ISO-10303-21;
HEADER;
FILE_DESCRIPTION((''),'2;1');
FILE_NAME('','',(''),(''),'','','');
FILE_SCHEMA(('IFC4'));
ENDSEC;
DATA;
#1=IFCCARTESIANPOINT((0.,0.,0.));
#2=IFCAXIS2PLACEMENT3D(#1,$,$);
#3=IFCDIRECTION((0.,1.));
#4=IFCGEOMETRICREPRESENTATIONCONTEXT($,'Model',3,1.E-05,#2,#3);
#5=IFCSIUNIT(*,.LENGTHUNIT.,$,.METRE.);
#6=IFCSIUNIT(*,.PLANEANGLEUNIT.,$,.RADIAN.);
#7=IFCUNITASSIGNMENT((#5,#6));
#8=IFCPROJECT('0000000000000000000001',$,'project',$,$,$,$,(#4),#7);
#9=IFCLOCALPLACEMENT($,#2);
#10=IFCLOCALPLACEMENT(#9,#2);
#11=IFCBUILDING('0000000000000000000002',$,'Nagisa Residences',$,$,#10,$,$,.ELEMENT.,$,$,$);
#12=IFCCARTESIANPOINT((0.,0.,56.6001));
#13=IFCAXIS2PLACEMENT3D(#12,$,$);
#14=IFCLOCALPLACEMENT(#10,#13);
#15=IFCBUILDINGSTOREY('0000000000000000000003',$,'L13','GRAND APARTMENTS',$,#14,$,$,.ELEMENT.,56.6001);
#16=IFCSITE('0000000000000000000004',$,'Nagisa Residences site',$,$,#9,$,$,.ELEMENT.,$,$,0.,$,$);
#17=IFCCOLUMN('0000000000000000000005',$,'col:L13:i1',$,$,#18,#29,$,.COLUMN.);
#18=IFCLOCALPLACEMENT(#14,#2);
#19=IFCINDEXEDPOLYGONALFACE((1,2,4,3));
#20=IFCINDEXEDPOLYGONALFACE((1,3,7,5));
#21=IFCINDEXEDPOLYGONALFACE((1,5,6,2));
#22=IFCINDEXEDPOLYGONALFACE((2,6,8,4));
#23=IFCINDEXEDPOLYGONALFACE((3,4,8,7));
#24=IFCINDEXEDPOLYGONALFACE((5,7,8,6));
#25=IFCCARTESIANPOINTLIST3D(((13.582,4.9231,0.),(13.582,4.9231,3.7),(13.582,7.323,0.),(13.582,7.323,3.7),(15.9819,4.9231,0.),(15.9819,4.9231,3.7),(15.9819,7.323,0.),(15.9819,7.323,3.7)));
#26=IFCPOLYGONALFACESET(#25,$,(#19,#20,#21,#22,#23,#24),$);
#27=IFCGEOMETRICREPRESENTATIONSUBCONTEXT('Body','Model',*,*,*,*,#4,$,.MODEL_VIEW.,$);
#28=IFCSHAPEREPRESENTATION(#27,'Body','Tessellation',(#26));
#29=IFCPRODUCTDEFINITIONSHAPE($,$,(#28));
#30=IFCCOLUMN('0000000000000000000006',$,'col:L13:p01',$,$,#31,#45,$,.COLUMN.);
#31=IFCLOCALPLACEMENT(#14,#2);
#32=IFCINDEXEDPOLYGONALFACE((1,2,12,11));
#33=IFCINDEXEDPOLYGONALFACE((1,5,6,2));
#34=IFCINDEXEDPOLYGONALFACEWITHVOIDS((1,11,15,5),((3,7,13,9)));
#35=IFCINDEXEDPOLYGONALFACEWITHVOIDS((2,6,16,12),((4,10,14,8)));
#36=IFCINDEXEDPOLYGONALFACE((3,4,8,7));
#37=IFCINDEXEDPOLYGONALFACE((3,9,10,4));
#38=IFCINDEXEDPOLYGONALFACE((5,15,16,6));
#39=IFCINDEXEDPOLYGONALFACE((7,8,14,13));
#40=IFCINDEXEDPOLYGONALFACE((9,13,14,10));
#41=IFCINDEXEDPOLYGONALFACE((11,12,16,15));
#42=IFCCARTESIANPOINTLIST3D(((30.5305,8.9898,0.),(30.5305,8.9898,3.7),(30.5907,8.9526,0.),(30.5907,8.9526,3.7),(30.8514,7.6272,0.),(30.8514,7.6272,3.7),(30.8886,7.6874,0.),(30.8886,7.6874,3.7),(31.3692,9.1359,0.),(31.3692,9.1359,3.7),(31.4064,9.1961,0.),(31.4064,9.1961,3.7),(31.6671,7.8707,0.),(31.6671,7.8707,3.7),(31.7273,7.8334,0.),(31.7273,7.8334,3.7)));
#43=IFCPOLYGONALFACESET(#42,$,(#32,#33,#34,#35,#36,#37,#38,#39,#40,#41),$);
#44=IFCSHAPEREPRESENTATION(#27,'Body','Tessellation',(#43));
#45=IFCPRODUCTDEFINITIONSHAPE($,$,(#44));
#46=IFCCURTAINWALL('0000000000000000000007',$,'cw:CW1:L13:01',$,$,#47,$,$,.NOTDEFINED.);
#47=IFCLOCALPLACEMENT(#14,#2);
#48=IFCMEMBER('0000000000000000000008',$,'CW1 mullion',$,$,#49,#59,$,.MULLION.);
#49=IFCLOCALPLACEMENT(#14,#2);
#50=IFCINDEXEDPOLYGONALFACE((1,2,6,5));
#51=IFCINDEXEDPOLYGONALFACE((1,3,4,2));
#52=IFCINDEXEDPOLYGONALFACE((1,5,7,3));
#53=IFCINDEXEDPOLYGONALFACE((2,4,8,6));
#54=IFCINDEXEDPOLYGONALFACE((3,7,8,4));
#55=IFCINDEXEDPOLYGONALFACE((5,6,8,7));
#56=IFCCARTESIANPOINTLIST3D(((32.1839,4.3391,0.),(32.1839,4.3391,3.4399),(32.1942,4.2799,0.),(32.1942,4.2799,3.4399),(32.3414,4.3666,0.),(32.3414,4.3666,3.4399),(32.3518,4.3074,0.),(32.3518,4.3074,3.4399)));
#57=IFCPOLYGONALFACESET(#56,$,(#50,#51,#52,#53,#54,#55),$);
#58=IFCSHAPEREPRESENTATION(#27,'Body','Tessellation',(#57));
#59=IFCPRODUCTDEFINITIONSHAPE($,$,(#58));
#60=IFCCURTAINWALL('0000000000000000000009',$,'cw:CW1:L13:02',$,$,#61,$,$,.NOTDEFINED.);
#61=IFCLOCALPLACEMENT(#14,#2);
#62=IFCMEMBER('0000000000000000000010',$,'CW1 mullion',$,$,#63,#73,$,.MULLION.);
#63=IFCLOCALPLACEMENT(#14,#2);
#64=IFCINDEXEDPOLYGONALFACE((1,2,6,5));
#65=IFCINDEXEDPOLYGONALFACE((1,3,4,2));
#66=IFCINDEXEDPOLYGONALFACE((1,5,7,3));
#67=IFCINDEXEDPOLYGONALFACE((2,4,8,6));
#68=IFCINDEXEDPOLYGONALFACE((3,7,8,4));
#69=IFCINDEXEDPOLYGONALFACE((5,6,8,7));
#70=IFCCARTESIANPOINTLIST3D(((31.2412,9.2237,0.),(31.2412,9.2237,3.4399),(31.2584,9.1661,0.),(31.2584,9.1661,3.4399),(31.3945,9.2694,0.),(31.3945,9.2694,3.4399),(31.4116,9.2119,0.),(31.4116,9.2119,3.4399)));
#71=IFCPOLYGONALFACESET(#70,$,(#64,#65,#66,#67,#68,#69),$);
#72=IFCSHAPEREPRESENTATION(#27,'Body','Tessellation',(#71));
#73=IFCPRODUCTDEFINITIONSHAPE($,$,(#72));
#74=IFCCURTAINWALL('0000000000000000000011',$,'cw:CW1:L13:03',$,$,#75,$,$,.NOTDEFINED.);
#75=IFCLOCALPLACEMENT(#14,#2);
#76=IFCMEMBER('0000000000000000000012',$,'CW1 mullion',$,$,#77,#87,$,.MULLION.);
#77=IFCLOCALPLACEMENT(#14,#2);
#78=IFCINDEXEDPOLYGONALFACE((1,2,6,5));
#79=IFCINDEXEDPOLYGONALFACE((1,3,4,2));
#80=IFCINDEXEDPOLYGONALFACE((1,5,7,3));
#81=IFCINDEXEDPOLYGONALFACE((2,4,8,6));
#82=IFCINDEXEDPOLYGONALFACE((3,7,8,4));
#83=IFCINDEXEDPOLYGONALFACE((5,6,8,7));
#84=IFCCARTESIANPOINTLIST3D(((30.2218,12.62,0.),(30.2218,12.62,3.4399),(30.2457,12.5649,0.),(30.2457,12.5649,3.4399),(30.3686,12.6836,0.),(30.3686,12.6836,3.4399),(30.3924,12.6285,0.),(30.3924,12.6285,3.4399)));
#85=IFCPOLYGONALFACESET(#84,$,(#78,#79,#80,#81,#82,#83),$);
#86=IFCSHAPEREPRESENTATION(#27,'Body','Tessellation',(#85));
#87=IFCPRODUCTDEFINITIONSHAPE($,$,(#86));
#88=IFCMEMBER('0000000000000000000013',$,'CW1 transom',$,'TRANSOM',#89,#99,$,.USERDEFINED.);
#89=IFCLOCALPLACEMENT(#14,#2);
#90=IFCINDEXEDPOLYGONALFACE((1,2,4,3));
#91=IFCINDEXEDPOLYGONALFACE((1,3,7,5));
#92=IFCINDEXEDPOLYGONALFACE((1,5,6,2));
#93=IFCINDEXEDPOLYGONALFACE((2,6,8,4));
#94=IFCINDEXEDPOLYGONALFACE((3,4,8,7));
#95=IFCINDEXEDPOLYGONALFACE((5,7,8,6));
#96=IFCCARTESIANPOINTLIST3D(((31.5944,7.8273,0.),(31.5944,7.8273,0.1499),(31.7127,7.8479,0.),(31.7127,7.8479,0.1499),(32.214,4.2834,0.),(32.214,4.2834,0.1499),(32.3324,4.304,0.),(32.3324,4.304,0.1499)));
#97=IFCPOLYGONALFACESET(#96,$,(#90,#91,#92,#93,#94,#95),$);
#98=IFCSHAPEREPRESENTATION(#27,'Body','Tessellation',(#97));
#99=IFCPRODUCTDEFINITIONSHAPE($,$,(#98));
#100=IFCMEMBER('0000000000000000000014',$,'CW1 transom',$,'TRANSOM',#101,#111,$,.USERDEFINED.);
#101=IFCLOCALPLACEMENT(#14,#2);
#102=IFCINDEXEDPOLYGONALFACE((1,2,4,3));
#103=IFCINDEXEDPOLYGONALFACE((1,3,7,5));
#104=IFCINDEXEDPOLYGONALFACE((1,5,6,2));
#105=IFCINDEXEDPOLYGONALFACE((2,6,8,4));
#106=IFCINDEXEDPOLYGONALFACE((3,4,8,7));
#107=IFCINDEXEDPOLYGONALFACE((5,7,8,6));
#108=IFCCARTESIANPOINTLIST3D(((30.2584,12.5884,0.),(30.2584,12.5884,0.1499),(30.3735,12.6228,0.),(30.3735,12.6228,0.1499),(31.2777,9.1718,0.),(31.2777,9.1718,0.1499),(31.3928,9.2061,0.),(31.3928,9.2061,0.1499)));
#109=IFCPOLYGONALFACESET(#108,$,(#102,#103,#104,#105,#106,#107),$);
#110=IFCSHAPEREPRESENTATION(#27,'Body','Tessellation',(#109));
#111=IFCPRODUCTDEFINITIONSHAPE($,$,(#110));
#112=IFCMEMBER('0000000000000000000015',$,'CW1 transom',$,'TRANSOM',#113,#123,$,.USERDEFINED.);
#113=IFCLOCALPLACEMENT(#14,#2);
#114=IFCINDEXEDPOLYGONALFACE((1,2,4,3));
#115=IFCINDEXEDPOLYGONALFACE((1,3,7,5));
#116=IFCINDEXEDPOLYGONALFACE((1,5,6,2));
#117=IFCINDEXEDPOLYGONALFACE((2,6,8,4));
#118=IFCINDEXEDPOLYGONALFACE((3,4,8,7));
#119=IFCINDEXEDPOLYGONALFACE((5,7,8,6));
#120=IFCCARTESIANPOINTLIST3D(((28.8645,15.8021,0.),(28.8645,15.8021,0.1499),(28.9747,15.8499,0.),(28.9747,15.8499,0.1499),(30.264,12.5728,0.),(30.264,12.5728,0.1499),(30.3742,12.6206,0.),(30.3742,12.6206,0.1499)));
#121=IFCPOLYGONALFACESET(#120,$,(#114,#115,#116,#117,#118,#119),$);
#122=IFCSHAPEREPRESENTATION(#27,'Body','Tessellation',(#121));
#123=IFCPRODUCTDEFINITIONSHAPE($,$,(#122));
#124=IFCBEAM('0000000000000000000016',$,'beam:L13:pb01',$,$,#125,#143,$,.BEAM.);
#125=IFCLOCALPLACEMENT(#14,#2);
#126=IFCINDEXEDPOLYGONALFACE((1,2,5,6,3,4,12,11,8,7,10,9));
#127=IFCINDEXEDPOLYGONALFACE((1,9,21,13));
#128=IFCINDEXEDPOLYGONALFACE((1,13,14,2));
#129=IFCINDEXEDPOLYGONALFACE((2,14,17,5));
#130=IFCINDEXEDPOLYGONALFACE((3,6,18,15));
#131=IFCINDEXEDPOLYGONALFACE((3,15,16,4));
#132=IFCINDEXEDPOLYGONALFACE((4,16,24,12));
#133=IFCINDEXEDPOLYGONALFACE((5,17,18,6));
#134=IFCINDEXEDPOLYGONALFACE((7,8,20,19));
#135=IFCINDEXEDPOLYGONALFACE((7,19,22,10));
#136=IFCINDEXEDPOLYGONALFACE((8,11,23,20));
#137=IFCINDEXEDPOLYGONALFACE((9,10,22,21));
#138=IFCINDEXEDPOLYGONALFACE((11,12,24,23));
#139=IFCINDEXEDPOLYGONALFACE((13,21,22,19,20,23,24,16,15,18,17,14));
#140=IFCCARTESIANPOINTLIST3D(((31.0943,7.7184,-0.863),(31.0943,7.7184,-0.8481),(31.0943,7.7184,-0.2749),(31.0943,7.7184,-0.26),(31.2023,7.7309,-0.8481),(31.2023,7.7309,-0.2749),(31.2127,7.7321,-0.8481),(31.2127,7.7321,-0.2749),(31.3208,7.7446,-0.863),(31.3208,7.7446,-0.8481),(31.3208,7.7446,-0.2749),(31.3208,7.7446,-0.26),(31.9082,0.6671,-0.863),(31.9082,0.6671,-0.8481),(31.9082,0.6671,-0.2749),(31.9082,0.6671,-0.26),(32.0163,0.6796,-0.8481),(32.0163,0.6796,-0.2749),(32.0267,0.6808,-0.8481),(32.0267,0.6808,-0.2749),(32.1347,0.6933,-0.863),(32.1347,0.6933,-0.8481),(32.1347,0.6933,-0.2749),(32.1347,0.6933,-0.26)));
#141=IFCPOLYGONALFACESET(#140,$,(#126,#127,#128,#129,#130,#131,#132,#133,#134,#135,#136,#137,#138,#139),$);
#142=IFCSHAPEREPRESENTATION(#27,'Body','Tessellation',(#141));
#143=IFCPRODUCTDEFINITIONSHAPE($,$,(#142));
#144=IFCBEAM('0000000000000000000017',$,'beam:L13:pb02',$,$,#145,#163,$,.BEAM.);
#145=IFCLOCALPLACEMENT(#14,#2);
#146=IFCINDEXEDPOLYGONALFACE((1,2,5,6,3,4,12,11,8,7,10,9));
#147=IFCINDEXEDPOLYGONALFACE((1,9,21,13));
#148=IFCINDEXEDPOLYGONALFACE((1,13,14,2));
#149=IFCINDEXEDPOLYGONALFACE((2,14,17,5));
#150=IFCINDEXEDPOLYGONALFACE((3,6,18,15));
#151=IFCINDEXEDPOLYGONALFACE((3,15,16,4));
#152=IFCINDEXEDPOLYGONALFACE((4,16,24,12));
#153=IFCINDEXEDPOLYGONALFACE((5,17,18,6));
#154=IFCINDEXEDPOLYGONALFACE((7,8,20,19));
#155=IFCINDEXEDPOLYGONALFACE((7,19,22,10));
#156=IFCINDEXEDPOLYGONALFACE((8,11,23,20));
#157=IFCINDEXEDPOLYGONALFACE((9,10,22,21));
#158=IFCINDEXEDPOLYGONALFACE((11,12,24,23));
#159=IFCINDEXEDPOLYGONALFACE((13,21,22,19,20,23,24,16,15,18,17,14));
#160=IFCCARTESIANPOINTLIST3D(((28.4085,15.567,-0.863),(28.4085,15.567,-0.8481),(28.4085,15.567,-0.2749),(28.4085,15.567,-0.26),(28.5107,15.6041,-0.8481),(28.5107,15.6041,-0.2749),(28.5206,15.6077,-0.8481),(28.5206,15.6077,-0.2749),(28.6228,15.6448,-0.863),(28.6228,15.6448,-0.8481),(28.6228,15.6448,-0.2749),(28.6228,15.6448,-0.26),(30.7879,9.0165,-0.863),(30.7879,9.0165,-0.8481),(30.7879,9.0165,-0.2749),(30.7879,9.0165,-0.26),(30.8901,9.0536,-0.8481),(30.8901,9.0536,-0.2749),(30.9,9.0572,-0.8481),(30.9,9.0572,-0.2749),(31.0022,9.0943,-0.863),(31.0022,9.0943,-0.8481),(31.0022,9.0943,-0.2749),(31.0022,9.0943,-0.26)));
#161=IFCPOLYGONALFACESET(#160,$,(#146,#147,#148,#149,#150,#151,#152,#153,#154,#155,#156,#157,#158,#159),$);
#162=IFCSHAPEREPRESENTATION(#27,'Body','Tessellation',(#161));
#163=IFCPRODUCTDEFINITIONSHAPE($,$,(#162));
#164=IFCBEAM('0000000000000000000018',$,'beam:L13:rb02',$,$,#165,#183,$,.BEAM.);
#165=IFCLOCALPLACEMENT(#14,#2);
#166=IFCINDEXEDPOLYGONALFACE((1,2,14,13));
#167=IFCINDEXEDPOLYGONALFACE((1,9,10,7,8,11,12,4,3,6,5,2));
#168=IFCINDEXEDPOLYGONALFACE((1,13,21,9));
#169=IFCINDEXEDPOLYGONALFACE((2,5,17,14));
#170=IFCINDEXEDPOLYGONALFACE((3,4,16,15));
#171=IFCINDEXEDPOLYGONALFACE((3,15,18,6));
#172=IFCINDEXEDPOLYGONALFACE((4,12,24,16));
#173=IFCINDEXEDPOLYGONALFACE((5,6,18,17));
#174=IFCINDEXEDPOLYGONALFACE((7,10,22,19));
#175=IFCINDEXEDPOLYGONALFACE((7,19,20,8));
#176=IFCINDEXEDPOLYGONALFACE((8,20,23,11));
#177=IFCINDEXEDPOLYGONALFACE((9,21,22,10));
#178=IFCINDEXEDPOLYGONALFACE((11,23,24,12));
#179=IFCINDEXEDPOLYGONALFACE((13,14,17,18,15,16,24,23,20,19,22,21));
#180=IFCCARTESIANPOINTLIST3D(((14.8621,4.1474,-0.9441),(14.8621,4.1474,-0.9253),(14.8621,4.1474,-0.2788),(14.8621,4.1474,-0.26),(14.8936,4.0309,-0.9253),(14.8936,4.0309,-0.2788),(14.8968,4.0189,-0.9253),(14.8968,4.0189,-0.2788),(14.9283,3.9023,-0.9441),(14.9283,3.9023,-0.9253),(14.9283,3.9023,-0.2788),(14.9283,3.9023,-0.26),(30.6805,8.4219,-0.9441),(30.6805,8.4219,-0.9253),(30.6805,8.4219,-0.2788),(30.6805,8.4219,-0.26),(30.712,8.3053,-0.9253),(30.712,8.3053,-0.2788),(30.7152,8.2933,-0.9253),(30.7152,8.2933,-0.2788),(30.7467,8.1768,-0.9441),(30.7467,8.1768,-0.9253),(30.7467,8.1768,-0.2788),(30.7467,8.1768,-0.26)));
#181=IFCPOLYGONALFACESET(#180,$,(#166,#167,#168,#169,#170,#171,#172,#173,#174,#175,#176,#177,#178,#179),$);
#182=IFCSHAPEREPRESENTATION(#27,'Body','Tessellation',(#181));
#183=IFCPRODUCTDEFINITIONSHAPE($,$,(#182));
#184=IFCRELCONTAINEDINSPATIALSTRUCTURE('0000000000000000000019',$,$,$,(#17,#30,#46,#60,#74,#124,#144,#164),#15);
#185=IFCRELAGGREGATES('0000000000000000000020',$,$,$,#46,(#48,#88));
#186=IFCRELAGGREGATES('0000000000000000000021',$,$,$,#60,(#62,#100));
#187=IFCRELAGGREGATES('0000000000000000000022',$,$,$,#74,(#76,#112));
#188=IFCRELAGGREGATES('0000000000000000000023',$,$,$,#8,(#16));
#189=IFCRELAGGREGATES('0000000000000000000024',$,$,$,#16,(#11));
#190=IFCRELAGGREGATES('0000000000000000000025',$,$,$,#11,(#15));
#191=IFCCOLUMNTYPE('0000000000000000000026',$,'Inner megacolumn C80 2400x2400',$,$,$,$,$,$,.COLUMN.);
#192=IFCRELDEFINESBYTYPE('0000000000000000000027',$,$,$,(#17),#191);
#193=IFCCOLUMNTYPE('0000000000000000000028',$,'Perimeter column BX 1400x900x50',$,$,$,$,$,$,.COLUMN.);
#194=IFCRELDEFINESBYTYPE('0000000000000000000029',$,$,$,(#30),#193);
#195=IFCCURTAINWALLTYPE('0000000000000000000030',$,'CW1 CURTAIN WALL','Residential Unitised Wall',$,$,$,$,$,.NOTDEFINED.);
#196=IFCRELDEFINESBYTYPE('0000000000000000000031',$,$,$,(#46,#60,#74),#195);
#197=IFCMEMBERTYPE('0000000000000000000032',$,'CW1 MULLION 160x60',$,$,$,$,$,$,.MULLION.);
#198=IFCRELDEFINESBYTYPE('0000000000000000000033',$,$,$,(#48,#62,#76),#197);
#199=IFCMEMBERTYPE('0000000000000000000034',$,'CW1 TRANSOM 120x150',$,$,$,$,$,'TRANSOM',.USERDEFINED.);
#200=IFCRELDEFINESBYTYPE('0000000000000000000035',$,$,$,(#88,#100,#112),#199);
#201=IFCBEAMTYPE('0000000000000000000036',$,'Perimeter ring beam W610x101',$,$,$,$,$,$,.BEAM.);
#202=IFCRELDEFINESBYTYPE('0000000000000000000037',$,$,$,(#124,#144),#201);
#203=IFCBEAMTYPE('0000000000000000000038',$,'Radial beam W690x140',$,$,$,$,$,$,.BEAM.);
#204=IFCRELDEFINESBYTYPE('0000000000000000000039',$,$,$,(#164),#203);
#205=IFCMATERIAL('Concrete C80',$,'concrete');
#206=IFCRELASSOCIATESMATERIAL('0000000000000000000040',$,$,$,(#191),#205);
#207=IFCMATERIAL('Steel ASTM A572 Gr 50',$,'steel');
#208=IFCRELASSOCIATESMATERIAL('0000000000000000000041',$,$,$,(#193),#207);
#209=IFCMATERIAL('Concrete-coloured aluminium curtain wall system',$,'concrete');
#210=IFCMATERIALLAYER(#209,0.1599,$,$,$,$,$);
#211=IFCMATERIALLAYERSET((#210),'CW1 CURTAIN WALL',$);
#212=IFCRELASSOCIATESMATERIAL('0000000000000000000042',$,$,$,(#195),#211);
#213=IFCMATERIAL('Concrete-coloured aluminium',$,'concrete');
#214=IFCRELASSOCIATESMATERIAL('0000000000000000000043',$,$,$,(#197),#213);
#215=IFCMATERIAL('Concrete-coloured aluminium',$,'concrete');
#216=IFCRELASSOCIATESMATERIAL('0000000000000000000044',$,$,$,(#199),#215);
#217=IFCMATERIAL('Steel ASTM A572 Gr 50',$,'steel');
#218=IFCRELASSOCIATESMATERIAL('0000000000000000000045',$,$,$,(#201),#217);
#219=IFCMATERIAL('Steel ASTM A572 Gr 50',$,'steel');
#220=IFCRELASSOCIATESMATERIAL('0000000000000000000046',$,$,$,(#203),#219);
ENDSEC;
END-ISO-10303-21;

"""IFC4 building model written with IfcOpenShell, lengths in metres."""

from ifc_helpers import new_model, si_unit, direction, frame, origin, origin_2d, place, context, subcontext, project, spatial, rectangle, hollow_rectangle, i_section, extrude, material, layer, layer_set, material_profile, profile_set, type_object, element, aggregate, save


model = new_model("IFC4")

# Units and contexts
model_context = context("Model", 3, precision=1e-05, world=origin(), true_north=direction((0.0, 1.0)))
body_context = subcontext(model_context, "Body", "Model", "MODEL_VIEW")
ifc_project = project(units=[si_unit("LENGTHUNIT", "METRE"), si_unit("PLANEANGLEUNIT", "RADIAN")], contexts=[model_context])

# Site, building, storey
site_placement = place(None, origin())
site = spatial("IfcSite", under=ifc_project, at=site_placement, Name="Nagisa Residences site", CompositionType="ELEMENT", RefElevation=0.0)
building_placement = place(site_placement, origin())
building = spatial("IfcBuilding", under=site, at=building_placement, Name="Nagisa Residences", CompositionType="ELEMENT")
storey_placement = place(building_placement, frame((0.0, 0.0, 56.6001)))
storey = spatial("IfcBuildingStorey", under=building, at=storey_placement, Name="L13", Description="GRAND APARTMENTS", CompositionType="ELEMENT", Elevation=56.6001)

# Columns
ifc_material_1 = material(Name="Concrete C80", Category="concrete")
ifc_material_profile_1 = material_profile(ifc_material_1, rectangle(XDim=2.3999, YDim=2.3999, at=origin_2d()), Name="C80 2400x2400")
ifc_profile_set_1 = profile_set([ifc_material_profile_1], Name="Concrete C80")
column_type_1 = type_object("IfcColumnType", Name="Inner megacolumn C80 2400x2400", PredefinedType="COLUMN", material=ifc_profile_set_1)
column_1_placement = place(storey_placement, frame((14.782, 6.123, 0.0), z_axis=(0.0, 0.0, 1.0), x_axis=(1.0, 0.0, 0.0)))
element("IfcColumn", 1, at=column_1_placement, inside=storey, type_object=column_type_1, Name="col:L13:i1", PredefinedType="COLUMN", context=body_context, shape_type="SweptSolid", body=[
    extrude(rectangle(XDim=2.3999, YDim=2.3999, at=origin_2d()), origin(), (0.0, 0.0, 1.0), 3.7),
])
ifc_material_2 = material(Name="Steel ASTM A572 Gr 50", Category="steel")
ifc_material_profile_2 = material_profile(ifc_material_2, hollow_rectangle(XDim=1.3999, YDim=0.8999, WallThickness=0.05, at=origin_2d()), Name="BX 1400x900x50")
ifc_profile_set_2 = profile_set([ifc_material_profile_2], Name="Steel ASTM A572 Gr 50")
column_type_2 = type_object("IfcColumnType", Name="Perimeter column BX 1400x900x50", PredefinedType="COLUMN", material=ifc_profile_set_2)
column_2_placement = place(storey_placement, frame((31.1289, 8.4116, 0.0), z_axis=(0.0, 0.0, 1.0), x_axis=(-0.229202, 0.973379, 0.0)))
element("IfcColumn", 2, at=column_2_placement, inside=storey, type_object=column_type_2, Name="col:L13:p01", PredefinedType="COLUMN", context=body_context, shape_type="SweptSolid", body=[
    extrude(hollow_rectangle(XDim=1.3999, YDim=0.8999, WallThickness=0.05, at=origin_2d()), origin(), (0.0, 0.0, 1.0), 3.7),
])

# Curtain walls, members
ifc_material_3 = material(Name="Concrete-coloured aluminium curtain wall system", Category="concrete")
ifc_layer_1 = layer(ifc_material_3, 0.1599)
ifc_layer_set_1 = layer_set([ifc_layer_1], Name="CW1 CURTAIN WALL")
curtain_wall_type = type_object("IfcCurtainWallType", Name="CW1 CURTAIN WALL", Description="Residential Unitised Wall", PredefinedType="NOTDEFINED", material=ifc_layer_set_1)
curtain_wall_1_placement = place(storey_placement, origin())
curtain_wall_1 = element("IfcCurtainWall", 3, at=curtain_wall_1_placement, inside=storey, type_object=curtain_wall_type, Name="cw:CW1:L13:01", PredefinedType="NOTDEFINED")
ifc_material_4 = material(Name="Concrete-coloured aluminium", Category="concrete")
ifc_material_profile_3 = material_profile(ifc_material_4, rectangle(XDim=0.1599, YDim=0.0601, at=origin_2d()), Name="CW1 MULLION 160x60")
ifc_profile_set_3 = profile_set([ifc_material_profile_3], Name="Concrete-coloured aluminium")
member_type_1 = type_object("IfcMemberType", Name="CW1 MULLION 160x60", PredefinedType="MULLION", material=ifc_profile_set_3)
member_1_placement = place(storey_placement, frame((32.2678, 4.3232, 0.0), z_axis=(0.0, 0.0, 1.0), x_axis=(-0.985064, -0.172191, 0.0)))
member_1 = element("IfcMember", 4, at=member_1_placement, type_object=member_type_1, Name="CW1 mullion", PredefinedType="MULLION", context=body_context, shape_type="SweptSolid", body=[
    extrude(rectangle(XDim=0.1599, YDim=0.0601, at=origin_2d()), origin(), (0.0, 0.0, 1.0), 3.4399),
])
curtain_wall_2_placement = place(storey_placement, origin())
curtain_wall_2 = element("IfcCurtainWall", 5, at=curtain_wall_2_placement, inside=storey, type_object=curtain_wall_type, Name="cw:CW1:L13:02", PredefinedType="NOTDEFINED")
member_2_placement = place(storey_placement, frame((31.3264, 9.2178, 0.0), z_axis=(0.0, 0.0, 1.0), x_axis=(-0.958271, -0.28586, 0.0)))
member_2 = element("IfcMember", 6, at=member_2_placement, type_object=member_type_1, Name="CW1 mullion", PredefinedType="MULLION", context=body_context, shape_type="SweptSolid", body=[
    extrude(rectangle(XDim=0.1599, YDim=0.0601, at=origin_2d()), origin(), (0.0, 0.0, 1.0), 3.4399),
])
curtain_wall_3_placement = place(storey_placement, origin())
curtain_wall_3 = element("IfcCurtainWall", 7, at=curtain_wall_3_placement, inside=storey, type_object=curtain_wall_type, Name="cw:CW1:L13:03", PredefinedType="NOTDEFINED")
member_3_placement = place(storey_placement, frame((30.3071, 12.6243, 0.0), z_axis=(0.0, 0.0, 1.0), x_axis=(-0.917543, -0.397636, 0.0)))
member_3 = element("IfcMember", 8, at=member_3_placement, type_object=member_type_1, Name="CW1 mullion", PredefinedType="MULLION", context=body_context, shape_type="SweptSolid", body=[
    extrude(rectangle(XDim=0.1599, YDim=0.0601, at=origin_2d()), origin(), (0.0, 0.0, 1.0), 3.4399),
])

# Members
ifc_material_5 = material(Name="Concrete-coloured aluminium", Category="concrete")
ifc_material_profile_4 = material_profile(ifc_material_5, rectangle(XDim=0.1201, YDim=0.1499, at=origin_2d()), Name="CW1 TRANSOM 120x150")
ifc_profile_set_4 = profile_set([ifc_material_profile_4], Name="Concrete-coloured aluminium")
member_type_2 = type_object("IfcMemberType", Name="CW1 TRANSOM 120x150", ElementType="TRANSOM", PredefinedType="USERDEFINED", material=ifc_profile_set_4)
member_4_placement = place(storey_placement, frame((32.2732, 4.2937, 0.075), z_axis=(-0.172229, 0.985057, 0.0), x_axis=(-0.985057, -0.172229, 0.0)))
member_4 = element("IfcMember", 9, at=member_4_placement, type_object=member_type_2, Name="CW1 transom", ObjectType="TRANSOM", PredefinedType="USERDEFINED", context=body_context, shape_type="SweptSolid", body=[
    extrude(rectangle(XDim=0.1201, YDim=0.1499, at=origin_2d()), origin(), (0.0, 0.0, 1.0), 3.5977),
])
member_5_placement = place(storey_placement, frame((31.3352, 9.189, 0.075), z_axis=(-0.285871, 0.958268, 0.0), x_axis=(-0.958268, -0.285871, 0.0)))
member_5 = element("IfcMember", 10, at=member_5_placement, type_object=member_type_2, Name="CW1 transom", ObjectType="TRANSOM", PredefinedType="USERDEFINED", context=body_context, shape_type="SweptSolid", body=[
    extrude(rectangle(XDim=0.1201, YDim=0.1499, at=origin_2d()), origin(), (0.0, 0.0, 1.0), 3.5654),
])
member_6_placement = place(storey_placement, frame((30.3191, 12.5967, 0.075), z_axis=(-0.397625, 0.917548, 0.0), x_axis=(-0.917548, -0.397625, 0.0)))
member_6 = element("IfcMember", 11, at=member_6_placement, type_object=member_type_2, Name="CW1 transom", ObjectType="TRANSOM", PredefinedType="USERDEFINED", context=body_context, shape_type="SweptSolid", body=[
    extrude(rectangle(XDim=0.1201, YDim=0.1499, at=origin_2d()), origin(), (0.0, 0.0, 1.0), 3.5195),
])

# Beams
ifc_material_6 = material(Name="Steel ASTM A572 Gr 50", Category="steel")
ifc_material_profile_5 = material_profile(ifc_material_6, i_section(OverallWidth=0.228, OverallDepth=0.603, WebThickness=0.0105, FlangeThickness=0.0149, at=origin_2d()), Name="W610x101")
ifc_profile_set_5 = profile_set([ifc_material_profile_5], Name="Steel ASTM A572 Gr 50")
beam_type_1 = type_object("IfcBeamType", Name="Perimeter ring beam W610x101", PredefinedType="BEAM", material=ifc_profile_set_5)
beam_1_placement = place(storey_placement, frame((32.0215, 0.6802, -0.5615), z_axis=(-0.114674, 0.993403, 0.0), x_axis=(-0.993403, -0.114674, 0.0)))
element("IfcBeam", 12, at=beam_1_placement, inside=storey, type_object=beam_type_1, Name="beam:L13:pb01", PredefinedType="BEAM", context=body_context, shape_type="SweptSolid", body=[
    extrude(i_section(OverallWidth=0.228, OverallDepth=0.603, WebThickness=0.0105, FlangeThickness=0.0149, at=origin_2d()), origin(), (0.0, 0.0, 1.0), 7.0981),
])
beam_2_placement = place(storey_placement, frame((30.895, 9.0554, -0.5615), z_axis=(-0.341411, 0.939914, 0.0), x_axis=(-0.939914, -0.341411, 0.0)))
element("IfcBeam", 13, at=beam_2_placement, inside=storey, type_object=beam_type_1, Name="beam:L13:pb02", PredefinedType="BEAM", context=body_context, shape_type="SweptSolid", body=[
    extrude(i_section(OverallWidth=0.228, OverallDepth=0.603, WebThickness=0.0105, FlangeThickness=0.0149, at=origin_2d()), origin(), (0.0, 0.0, 1.0), 6.9692),
])
ifc_material_7 = material(Name="Steel ASTM A572 Gr 50", Category="steel")
ifc_material_profile_6 = material_profile(ifc_material_7, i_section(OverallWidth=0.2539, OverallDepth=0.6841, WebThickness=0.0125, FlangeThickness=0.0188, at=origin_2d()), Name="W690x140")
ifc_profile_set_6 = profile_set([ifc_material_profile_6], Name="Steel ASTM A572 Gr 50")
beam_type_2 = type_object("IfcBeamType", Name="Radial beam W690x140", PredefinedType="BEAM", material=ifc_profile_set_6)
beam_3_placement = place(storey_placement, frame((30.7136, 8.2993, -0.6021), z_axis=(-0.965376, -0.260862, 0.0), x_axis=(0.260862, -0.965376, 0.0)))
element("IfcBeam", 14, at=beam_3_placement, inside=storey, type_object=beam_type_2, Name="beam:L13:rb02", PredefinedType="BEAM", context=body_context, shape_type="SweptSolid", body=[
    extrude(i_section(OverallWidth=0.2539, OverallDepth=0.6841, WebThickness=0.0125, FlangeThickness=0.0188, at=origin_2d()), origin(), (0.0, 0.0, 1.0), 16.3857),
])

aggregate(curtain_wall_1, [member_1, member_4])
aggregate(curtain_wall_2, [member_2, member_5])
aggregate(curtain_wall_3, [member_3, member_6])

save(model, "model.ifc")
